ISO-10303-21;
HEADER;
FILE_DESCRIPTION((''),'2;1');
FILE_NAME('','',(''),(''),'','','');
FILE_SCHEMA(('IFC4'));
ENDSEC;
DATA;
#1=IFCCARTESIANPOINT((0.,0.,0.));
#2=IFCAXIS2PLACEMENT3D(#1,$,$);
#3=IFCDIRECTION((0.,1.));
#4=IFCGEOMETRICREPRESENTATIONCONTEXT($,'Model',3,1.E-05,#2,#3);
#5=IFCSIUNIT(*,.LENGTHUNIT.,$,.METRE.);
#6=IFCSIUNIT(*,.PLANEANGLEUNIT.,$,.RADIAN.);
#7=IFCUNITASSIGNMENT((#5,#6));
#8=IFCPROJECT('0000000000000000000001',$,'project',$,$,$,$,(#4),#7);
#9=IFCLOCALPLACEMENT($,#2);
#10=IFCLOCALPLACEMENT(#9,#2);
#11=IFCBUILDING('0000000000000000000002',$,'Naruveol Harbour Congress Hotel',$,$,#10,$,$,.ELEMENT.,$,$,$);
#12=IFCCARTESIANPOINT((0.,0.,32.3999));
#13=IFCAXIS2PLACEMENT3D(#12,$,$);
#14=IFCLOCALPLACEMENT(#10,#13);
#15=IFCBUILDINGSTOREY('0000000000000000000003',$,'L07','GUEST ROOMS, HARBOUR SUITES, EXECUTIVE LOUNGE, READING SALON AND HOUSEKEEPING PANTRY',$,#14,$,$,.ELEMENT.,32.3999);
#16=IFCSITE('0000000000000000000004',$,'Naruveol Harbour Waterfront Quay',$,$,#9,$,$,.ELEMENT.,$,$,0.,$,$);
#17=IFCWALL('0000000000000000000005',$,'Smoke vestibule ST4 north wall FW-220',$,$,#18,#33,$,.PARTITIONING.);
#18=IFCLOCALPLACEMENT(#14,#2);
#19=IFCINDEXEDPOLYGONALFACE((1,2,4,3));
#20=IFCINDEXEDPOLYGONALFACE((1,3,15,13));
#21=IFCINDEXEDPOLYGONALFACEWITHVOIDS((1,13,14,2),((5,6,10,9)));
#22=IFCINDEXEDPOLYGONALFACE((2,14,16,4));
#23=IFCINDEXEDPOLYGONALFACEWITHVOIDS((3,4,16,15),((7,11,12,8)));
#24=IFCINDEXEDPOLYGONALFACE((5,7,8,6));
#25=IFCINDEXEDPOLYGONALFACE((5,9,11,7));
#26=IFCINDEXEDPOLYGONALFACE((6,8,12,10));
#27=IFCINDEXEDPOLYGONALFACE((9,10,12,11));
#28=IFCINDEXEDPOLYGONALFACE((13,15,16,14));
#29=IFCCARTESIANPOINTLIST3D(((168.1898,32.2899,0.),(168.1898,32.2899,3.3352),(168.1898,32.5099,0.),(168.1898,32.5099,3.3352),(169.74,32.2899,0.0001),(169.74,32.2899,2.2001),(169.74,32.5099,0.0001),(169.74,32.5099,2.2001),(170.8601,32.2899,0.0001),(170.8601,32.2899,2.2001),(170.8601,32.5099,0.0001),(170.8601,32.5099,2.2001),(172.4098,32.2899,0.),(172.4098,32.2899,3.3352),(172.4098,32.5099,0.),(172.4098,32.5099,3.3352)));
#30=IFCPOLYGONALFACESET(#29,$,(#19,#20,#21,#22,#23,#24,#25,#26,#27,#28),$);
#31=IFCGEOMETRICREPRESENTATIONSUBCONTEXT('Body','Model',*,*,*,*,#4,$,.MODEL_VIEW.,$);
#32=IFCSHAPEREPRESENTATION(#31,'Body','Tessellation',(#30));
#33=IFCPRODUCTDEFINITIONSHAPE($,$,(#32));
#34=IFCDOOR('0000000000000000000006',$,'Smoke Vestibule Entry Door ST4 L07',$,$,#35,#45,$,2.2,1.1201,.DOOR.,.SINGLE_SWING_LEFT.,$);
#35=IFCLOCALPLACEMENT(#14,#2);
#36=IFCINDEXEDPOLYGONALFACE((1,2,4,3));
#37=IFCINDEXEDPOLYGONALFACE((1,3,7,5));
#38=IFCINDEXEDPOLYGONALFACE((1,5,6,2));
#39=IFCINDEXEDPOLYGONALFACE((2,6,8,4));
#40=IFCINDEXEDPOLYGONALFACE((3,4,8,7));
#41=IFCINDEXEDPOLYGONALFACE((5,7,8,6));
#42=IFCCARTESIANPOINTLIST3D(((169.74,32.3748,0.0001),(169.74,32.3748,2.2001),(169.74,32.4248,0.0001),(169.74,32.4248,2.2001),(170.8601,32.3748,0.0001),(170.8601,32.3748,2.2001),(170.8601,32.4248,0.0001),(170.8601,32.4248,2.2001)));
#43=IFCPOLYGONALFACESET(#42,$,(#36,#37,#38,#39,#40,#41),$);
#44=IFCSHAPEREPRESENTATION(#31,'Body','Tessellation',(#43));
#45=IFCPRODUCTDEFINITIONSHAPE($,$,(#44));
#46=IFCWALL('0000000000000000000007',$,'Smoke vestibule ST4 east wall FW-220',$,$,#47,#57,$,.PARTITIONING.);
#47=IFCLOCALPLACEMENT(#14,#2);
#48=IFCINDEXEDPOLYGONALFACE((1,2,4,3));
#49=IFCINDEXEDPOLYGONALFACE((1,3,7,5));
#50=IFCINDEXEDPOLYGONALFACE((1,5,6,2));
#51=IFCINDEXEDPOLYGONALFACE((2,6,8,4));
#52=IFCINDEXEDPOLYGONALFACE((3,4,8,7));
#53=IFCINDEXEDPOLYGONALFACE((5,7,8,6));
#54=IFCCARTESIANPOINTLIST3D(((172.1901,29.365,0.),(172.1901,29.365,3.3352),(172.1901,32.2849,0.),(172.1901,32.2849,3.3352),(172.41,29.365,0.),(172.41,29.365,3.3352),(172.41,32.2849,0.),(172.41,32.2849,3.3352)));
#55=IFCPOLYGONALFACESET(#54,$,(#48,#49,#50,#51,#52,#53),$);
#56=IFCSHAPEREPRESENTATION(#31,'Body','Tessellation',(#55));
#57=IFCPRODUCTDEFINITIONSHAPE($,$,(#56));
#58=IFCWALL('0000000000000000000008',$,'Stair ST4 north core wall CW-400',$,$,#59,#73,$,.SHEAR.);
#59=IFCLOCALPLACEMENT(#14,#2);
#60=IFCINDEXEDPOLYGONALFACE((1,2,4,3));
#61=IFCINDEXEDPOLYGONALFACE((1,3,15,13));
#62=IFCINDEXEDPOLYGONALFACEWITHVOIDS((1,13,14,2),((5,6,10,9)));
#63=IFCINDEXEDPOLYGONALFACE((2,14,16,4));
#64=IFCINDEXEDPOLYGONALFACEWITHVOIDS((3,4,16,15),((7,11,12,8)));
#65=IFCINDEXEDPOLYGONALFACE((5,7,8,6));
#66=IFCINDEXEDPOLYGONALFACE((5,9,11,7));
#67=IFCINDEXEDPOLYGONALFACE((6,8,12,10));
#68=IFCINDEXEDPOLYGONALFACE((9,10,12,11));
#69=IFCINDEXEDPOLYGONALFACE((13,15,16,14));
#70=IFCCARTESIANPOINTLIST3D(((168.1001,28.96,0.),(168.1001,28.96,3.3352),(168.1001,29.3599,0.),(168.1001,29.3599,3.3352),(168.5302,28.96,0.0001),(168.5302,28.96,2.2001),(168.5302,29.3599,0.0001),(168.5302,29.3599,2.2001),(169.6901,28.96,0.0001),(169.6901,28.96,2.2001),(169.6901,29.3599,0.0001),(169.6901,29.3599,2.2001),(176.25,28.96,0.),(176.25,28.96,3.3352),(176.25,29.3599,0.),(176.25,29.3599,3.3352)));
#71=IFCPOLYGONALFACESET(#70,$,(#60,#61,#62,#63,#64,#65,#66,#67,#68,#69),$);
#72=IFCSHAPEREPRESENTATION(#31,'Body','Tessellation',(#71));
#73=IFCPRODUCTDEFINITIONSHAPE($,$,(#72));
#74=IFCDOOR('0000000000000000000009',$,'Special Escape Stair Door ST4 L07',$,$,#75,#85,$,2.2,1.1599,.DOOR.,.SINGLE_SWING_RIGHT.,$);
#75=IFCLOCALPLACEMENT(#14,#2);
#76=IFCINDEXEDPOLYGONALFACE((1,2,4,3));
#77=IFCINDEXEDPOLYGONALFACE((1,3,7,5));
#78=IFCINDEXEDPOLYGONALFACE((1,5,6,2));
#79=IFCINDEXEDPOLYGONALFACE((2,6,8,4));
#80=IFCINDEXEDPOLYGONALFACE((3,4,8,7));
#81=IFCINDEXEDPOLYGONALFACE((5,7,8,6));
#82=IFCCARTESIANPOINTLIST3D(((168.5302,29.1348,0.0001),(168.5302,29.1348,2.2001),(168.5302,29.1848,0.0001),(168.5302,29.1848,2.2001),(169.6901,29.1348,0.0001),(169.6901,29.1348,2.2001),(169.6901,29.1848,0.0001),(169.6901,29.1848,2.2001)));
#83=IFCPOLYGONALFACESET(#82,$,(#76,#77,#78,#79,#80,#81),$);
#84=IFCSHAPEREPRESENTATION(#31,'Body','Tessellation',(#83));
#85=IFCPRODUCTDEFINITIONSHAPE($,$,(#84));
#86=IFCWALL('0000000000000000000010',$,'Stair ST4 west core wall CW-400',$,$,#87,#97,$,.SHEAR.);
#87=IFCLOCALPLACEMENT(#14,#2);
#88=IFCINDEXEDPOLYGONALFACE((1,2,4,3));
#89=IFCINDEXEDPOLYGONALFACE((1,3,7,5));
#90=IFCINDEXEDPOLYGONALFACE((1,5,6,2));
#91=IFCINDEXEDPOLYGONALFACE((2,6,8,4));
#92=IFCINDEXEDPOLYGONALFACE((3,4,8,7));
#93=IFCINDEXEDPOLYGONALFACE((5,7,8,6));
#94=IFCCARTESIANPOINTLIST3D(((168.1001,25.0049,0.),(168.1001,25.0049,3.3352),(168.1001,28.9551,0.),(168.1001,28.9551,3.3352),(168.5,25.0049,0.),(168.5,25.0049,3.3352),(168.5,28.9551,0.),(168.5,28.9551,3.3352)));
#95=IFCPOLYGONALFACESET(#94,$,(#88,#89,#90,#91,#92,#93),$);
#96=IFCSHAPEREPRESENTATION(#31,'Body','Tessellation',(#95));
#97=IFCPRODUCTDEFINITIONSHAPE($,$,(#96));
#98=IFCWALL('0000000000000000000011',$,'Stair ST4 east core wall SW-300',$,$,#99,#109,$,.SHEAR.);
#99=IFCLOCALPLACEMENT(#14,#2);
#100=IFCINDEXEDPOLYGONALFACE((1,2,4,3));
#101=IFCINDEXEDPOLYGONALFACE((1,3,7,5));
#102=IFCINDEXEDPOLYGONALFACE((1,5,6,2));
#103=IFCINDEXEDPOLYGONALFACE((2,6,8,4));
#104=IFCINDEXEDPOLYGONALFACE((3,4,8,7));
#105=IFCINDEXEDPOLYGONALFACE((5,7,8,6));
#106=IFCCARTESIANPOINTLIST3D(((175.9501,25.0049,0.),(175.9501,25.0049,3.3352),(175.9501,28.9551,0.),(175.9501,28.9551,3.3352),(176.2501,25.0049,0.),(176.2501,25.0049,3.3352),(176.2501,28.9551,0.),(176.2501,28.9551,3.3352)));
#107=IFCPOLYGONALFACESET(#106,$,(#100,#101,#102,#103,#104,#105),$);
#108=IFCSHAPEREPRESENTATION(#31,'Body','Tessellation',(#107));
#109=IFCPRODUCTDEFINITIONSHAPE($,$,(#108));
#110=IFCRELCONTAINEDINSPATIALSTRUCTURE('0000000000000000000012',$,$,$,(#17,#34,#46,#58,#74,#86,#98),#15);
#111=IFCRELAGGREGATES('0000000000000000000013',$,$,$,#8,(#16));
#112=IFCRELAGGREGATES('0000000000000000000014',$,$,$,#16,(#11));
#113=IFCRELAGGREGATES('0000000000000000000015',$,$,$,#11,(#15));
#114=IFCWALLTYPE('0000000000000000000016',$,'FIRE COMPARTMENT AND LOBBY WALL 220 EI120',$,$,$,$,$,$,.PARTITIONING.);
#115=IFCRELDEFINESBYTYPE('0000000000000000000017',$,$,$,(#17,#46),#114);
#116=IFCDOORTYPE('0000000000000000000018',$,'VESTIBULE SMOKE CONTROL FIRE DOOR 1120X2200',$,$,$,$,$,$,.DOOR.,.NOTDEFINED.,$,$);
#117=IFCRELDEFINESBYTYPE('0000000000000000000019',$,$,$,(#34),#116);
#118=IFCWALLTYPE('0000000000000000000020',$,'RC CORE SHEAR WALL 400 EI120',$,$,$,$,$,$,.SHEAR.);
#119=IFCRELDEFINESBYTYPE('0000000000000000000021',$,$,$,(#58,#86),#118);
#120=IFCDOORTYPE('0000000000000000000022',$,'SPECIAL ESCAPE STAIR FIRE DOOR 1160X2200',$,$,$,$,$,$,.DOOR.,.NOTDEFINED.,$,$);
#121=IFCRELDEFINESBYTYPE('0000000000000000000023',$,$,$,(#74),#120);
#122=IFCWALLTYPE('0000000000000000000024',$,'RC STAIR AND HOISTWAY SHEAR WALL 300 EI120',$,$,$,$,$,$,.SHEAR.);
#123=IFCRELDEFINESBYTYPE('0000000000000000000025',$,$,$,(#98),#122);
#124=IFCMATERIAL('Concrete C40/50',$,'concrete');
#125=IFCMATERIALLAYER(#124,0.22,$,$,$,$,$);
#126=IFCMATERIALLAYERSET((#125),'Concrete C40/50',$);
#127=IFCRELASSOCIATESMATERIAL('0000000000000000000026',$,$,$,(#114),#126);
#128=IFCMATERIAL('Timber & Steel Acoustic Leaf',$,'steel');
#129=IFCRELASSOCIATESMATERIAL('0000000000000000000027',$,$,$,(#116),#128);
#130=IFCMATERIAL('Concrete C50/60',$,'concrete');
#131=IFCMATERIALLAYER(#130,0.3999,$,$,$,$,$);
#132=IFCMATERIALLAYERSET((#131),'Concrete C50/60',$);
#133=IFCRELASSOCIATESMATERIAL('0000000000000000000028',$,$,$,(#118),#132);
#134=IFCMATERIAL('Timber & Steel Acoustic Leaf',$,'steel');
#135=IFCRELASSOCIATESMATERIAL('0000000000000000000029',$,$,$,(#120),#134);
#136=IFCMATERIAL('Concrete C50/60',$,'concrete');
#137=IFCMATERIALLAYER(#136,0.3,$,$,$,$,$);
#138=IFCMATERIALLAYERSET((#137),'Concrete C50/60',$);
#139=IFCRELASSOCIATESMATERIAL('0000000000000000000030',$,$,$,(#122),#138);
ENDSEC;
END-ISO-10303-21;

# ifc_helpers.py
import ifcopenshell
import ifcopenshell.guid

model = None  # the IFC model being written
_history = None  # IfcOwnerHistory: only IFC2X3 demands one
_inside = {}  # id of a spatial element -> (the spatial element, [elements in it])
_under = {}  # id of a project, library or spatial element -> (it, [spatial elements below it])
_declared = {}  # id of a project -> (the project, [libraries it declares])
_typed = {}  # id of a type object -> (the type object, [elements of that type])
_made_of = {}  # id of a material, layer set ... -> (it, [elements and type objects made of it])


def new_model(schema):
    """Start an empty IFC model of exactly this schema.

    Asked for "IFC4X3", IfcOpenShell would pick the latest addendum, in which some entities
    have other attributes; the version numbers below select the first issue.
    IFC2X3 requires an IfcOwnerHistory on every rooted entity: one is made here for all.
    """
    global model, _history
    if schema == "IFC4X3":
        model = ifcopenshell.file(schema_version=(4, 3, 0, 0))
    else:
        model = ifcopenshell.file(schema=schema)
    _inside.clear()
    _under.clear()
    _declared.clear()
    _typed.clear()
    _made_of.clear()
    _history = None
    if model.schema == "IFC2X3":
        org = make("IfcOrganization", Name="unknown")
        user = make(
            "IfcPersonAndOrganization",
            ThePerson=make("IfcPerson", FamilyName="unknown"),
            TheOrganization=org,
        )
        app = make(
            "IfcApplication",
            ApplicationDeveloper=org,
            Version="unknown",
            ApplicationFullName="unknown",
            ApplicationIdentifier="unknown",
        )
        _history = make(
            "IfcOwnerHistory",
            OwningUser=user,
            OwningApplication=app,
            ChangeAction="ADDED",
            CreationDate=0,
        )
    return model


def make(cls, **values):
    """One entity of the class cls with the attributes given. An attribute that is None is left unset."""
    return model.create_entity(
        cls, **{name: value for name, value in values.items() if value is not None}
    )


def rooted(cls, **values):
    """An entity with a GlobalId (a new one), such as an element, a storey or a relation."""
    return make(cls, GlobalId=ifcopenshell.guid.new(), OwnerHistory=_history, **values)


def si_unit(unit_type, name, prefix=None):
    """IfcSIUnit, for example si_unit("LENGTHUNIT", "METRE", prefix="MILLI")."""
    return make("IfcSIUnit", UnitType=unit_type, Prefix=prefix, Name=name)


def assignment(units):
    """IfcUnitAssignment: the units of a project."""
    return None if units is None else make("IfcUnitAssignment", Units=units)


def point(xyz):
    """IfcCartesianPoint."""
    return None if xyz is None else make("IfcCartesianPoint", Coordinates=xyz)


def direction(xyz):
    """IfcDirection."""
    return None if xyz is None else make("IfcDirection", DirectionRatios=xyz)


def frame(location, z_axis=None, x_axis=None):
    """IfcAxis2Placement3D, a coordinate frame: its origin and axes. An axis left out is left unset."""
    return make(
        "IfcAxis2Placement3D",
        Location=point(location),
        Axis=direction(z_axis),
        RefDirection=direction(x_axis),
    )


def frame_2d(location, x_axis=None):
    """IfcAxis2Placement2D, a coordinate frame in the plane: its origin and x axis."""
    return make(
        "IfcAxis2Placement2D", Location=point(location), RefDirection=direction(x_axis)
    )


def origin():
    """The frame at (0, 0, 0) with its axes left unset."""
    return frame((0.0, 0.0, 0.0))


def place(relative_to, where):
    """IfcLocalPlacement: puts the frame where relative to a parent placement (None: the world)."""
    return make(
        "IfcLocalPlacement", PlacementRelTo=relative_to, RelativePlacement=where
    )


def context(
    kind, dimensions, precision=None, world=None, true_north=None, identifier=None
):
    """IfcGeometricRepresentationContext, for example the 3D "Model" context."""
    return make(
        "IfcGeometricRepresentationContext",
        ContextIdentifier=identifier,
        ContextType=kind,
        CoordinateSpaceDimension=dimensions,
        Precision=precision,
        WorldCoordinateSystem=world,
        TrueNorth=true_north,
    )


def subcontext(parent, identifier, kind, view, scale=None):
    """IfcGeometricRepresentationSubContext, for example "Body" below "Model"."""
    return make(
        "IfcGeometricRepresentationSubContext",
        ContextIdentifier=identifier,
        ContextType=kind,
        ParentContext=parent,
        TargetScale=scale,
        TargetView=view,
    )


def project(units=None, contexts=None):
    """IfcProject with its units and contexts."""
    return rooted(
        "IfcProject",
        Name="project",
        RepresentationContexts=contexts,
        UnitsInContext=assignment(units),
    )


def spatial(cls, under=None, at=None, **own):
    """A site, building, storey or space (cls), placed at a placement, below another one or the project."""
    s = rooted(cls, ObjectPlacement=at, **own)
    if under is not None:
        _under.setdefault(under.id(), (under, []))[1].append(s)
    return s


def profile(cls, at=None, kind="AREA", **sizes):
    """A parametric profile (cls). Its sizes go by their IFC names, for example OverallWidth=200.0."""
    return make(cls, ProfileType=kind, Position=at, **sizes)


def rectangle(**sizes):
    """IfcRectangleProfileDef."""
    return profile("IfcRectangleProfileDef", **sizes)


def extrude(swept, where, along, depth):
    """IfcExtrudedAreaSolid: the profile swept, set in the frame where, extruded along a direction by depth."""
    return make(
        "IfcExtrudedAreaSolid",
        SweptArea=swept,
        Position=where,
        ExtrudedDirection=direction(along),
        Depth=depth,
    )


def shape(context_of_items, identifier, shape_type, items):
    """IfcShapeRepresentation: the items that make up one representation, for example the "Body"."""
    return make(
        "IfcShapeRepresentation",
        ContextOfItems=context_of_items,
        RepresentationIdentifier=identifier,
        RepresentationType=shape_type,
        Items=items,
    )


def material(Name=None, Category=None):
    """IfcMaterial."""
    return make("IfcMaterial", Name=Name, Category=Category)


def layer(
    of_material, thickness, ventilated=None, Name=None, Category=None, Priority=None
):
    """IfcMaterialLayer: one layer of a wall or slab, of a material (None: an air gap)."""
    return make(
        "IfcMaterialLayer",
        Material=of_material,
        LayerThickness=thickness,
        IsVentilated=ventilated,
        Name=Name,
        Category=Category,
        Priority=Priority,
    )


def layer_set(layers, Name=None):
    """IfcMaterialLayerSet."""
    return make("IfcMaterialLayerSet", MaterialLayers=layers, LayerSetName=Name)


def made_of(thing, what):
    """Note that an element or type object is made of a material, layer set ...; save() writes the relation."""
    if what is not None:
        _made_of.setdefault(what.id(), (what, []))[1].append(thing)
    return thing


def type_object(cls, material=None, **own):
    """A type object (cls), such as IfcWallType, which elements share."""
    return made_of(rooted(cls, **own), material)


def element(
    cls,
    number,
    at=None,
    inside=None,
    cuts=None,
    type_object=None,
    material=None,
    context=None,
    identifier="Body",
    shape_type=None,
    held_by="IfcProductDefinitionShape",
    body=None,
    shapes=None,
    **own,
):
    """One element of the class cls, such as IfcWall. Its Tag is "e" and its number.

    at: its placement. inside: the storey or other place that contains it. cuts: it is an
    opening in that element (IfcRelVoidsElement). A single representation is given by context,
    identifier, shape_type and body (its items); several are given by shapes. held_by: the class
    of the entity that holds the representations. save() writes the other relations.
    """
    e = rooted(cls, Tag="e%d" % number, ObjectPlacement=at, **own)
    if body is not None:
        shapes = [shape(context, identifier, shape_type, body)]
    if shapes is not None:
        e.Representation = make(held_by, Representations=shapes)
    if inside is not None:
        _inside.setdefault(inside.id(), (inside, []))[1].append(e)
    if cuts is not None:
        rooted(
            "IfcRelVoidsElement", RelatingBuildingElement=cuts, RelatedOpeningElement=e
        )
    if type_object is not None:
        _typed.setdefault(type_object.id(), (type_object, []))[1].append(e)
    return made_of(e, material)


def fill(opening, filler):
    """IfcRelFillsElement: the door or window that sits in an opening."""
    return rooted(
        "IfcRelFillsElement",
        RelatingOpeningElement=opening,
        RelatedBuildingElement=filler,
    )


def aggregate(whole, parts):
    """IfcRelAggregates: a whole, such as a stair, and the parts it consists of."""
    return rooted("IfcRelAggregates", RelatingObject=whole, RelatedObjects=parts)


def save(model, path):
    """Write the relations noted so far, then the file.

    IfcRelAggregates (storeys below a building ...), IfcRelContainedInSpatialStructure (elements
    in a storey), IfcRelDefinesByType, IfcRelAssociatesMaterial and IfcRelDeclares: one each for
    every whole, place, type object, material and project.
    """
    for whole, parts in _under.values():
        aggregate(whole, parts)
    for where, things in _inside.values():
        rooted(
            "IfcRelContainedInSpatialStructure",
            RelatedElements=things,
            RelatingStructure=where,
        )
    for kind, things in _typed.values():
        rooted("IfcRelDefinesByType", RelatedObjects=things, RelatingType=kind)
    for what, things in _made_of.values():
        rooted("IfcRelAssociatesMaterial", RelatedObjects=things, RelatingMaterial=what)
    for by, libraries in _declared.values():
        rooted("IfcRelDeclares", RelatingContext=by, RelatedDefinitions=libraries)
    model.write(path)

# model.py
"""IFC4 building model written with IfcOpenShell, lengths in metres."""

from ifc_helpers import new_model, si_unit, direction, frame, frame_2d, origin, place, context, subcontext, project, spatial, rectangle, extrude, material, layer, layer_set, type_object, element, fill, save


model = new_model("IFC4")

# Units and contexts
model_context = context("Model", 3, precision=1e-05, world=origin(), true_north=direction((0.0, 1.0)))
body_context = subcontext(model_context, "Body", "Model", "MODEL_VIEW")
ifc_project = project(units=[si_unit("LENGTHUNIT", "METRE"), si_unit("PLANEANGLEUNIT", "RADIAN")], contexts=[model_context])

# Site, building, storey
site_placement = place(None, origin())
site = spatial("IfcSite", under=ifc_project, at=site_placement, Name="Naruveol Harbour Waterfront Quay", CompositionType="ELEMENT", RefElevation=0.0)
building_placement = place(site_placement, origin())
building = spatial("IfcBuilding", under=site, at=building_placement, Name="Naruveol Harbour Congress Hotel", CompositionType="ELEMENT")
storey_placement = place(building_placement, frame((0.0, 0.0, 32.3999)))
storey = spatial("IfcBuildingStorey", under=building, at=storey_placement, Name="L07", Description="GUEST ROOMS, HARBOUR SUITES, EXECUTIVE LOUNGE, READING SALON AND HOUSEKEEPING PANTRY", CompositionType="ELEMENT", Elevation=32.3999)

# Shared definitions
ifc_material_1 = material(Name="Concrete C40/50", Category="concrete")
ifc_layer_1 = layer(ifc_material_1, 0.22)
ifc_layer_set_1 = layer_set([ifc_layer_1], Name="Concrete C40/50")
wall_type_1 = type_object("IfcWallType", Name="FIRE COMPARTMENT AND LOBBY WALL 220 EI120", PredefinedType="PARTITIONING", material=ifc_layer_set_1)

# Wall, opening, door
wall_1_placement = place(storey_placement, frame((168.1899, 32.3999, 0.0), z_axis=(0.0, 0.0, 1.0), x_axis=(1.0, 0.0, 0.0)))
wall_1 = element("IfcWall", 1, at=wall_1_placement, inside=storey, type_object=wall_type_1, Name="Smoke vestibule ST4 north wall FW-220", PredefinedType="PARTITIONING", context=body_context, shape_type="SweptSolid", body=[
    extrude(rectangle(XDim=4.22, YDim=0.22, at=frame_2d((2.1099, 0.0))), origin(), (0.0, 0.0, 1.0), 3.3352),
])
opening_1_placement = place(wall_1_placement, frame((1.55, 0.0, 0.0)))
opening_1 = element("IfcOpeningElement", 2, at=opening_1_placement, cuts=wall_1, PredefinedType="OPENING", context=body_context, shape_type="SweptSolid", body=[
    extrude(rectangle(XDim=1.1201, YDim=2.2, at=frame_2d((0.5601, 1.1001))), frame((0.0, 0.1199, 0.0), z_axis=(0.0, -1.0, 0.0), x_axis=(1.0, 0.0, 0.0)), (0.0, 0.0, 1.0), 0.24),
])
ifc_material_2 = material(Name="Timber & Steel Acoustic Leaf", Category="steel")
door_type_1 = type_object("IfcDoorType", Name="VESTIBULE SMOKE CONTROL FIRE DOOR 1120X2200", OperationType="NOTDEFINED", PredefinedType="DOOR", material=ifc_material_2)
door_1_placement = place(opening_1_placement, origin())
door_1 = element("IfcDoor", 3, at=door_1_placement, inside=storey, type_object=door_type_1, Name="Smoke Vestibule Entry Door ST4 L07", OperationType="SINGLE_SWING_LEFT", OverallHeight=2.2, OverallWidth=1.1201, PredefinedType="DOOR", context=body_context, shape_type="SweptSolid", body=[
    extrude(rectangle(XDim=1.1201, YDim=2.2, at=frame_2d((0.5601, 1.1001))), frame((0.0, 0.0249, 0.0), z_axis=(0.0, -1.0, 0.0), x_axis=(1.0, 0.0, 0.0)), (0.0, 0.0, 1.0), 0.05),
])
fill(opening_1, door_1)

# Wall
wall_2_placement = place(storey_placement, frame((172.3, 29.365, 0.0), z_axis=(0.0, 0.0, 1.0), x_axis=(0.0, 1.0, 0.0)))
element("IfcWall", 4, at=wall_2_placement, inside=storey, type_object=wall_type_1, Name="Smoke vestibule ST4 east wall FW-220", PredefinedType="PARTITIONING", context=body_context, shape_type="SweptSolid", body=[
    extrude(rectangle(XDim=2.9199, YDim=0.22, at=frame_2d((1.46, 0.0))), origin(), (0.0, 0.0, 1.0), 3.3352),
])

# Wall, opening, door
ifc_material_3 = material(Name="Concrete C50/60", Category="concrete")
ifc_layer_2 = layer(ifc_material_3, 0.3999)
ifc_layer_set_2 = layer_set([ifc_layer_2], Name="Concrete C50/60")
wall_type_2 = type_object("IfcWallType", Name="RC CORE SHEAR WALL 400 EI120", PredefinedType="SHEAR", material=ifc_layer_set_2)
wall_3_placement = place(storey_placement, frame((168.1001, 29.1599, 0.0), z_axis=(0.0, 0.0, 1.0), x_axis=(1.0, 0.0, 0.0)))
wall_3 = element("IfcWall", 5, at=wall_3_placement, inside=storey, type_object=wall_type_2, Name="Stair ST4 north core wall CW-400", PredefinedType="SHEAR", context=body_context, shape_type="SweptSolid", body=[
    extrude(rectangle(XDim=8.1499, YDim=0.3999, at=frame_2d((4.075, 0.0))), origin(), (0.0, 0.0, 1.0), 3.3352),
])
opening_2_placement = place(wall_3_placement, frame((0.4299, 0.0, 0.0)))
opening_2 = element("IfcOpeningElement", 6, at=opening_2_placement, cuts=wall_3, PredefinedType="OPENING", context=body_context, shape_type="SweptSolid", body=[
    extrude(rectangle(XDim=1.1599, YDim=2.2, at=frame_2d((0.5801, 1.1001))), frame((0.0, 0.21, 0.0), z_axis=(0.0, -1.0, 0.0), x_axis=(1.0, 0.0, 0.0)), (0.0, 0.0, 1.0), 0.4199),
])
ifc_material_4 = material(Name="Timber & Steel Acoustic Leaf", Category="steel")
door_type_2 = type_object("IfcDoorType", Name="SPECIAL ESCAPE STAIR FIRE DOOR 1160X2200", OperationType="NOTDEFINED", PredefinedType="DOOR", material=ifc_material_4)
door_2_placement = place(opening_2_placement, origin())
door_2 = element("IfcDoor", 7, at=door_2_placement, inside=storey, type_object=door_type_2, Name="Special Escape Stair Door ST4 L07", OperationType="SINGLE_SWING_RIGHT", OverallHeight=2.2, OverallWidth=1.1599, PredefinedType="DOOR", context=body_context, shape_type="SweptSolid", body=[
    extrude(rectangle(XDim=1.1599, YDim=2.2, at=frame_2d((0.5801, 1.1001))), frame((0.0, 0.0249, 0.0), z_axis=(0.0, -1.0, 0.0), x_axis=(1.0, 0.0, 0.0)), (0.0, 0.0, 1.0), 0.05),
])
fill(opening_2, door_2)

# Walls
wall_4_placement = place(storey_placement, frame((168.3, 25.0049, 0.0), z_axis=(0.0, 0.0, 1.0), x_axis=(0.0, 1.0, 0.0)))
element("IfcWall", 8, at=wall_4_placement, inside=storey, type_object=wall_type_2, Name="Stair ST4 west core wall CW-400", PredefinedType="SHEAR", context=body_context, shape_type="SweptSolid", body=[
    extrude(rectangle(XDim=3.9502, YDim=0.3999, at=frame_2d((1.9751, 0.0))), origin(), (0.0, 0.0, 1.0), 3.3352),
])
ifc_material_5 = material(Name="Concrete C50/60", Category="concrete")
ifc_layer_3 = layer(ifc_material_5, 0.3)
ifc_layer_set_3 = layer_set([ifc_layer_3], Name="Concrete C50/60")
wall_type_3 = type_object("IfcWallType", Name="RC STAIR AND HOISTWAY SHEAR WALL 300 EI120", PredefinedType="SHEAR", material=ifc_layer_set_3)
wall_5_placement = place(storey_placement, frame((176.1001, 25.0049, 0.0), z_axis=(0.0, 0.0, 1.0), x_axis=(0.0, 1.0, 0.0)))
element("IfcWall", 9, at=wall_5_placement, inside=storey, type_object=wall_type_3, Name="Stair ST4 east core wall SW-300", PredefinedType="SHEAR", context=body_context, shape_type="SweptSolid", body=[
    extrude(rectangle(XDim=3.9502, YDim=0.3, at=frame_2d((1.9751, 0.0))), origin(), (0.0, 0.0, 1.0), 3.3352),
])

save(model, "model.ifc")
